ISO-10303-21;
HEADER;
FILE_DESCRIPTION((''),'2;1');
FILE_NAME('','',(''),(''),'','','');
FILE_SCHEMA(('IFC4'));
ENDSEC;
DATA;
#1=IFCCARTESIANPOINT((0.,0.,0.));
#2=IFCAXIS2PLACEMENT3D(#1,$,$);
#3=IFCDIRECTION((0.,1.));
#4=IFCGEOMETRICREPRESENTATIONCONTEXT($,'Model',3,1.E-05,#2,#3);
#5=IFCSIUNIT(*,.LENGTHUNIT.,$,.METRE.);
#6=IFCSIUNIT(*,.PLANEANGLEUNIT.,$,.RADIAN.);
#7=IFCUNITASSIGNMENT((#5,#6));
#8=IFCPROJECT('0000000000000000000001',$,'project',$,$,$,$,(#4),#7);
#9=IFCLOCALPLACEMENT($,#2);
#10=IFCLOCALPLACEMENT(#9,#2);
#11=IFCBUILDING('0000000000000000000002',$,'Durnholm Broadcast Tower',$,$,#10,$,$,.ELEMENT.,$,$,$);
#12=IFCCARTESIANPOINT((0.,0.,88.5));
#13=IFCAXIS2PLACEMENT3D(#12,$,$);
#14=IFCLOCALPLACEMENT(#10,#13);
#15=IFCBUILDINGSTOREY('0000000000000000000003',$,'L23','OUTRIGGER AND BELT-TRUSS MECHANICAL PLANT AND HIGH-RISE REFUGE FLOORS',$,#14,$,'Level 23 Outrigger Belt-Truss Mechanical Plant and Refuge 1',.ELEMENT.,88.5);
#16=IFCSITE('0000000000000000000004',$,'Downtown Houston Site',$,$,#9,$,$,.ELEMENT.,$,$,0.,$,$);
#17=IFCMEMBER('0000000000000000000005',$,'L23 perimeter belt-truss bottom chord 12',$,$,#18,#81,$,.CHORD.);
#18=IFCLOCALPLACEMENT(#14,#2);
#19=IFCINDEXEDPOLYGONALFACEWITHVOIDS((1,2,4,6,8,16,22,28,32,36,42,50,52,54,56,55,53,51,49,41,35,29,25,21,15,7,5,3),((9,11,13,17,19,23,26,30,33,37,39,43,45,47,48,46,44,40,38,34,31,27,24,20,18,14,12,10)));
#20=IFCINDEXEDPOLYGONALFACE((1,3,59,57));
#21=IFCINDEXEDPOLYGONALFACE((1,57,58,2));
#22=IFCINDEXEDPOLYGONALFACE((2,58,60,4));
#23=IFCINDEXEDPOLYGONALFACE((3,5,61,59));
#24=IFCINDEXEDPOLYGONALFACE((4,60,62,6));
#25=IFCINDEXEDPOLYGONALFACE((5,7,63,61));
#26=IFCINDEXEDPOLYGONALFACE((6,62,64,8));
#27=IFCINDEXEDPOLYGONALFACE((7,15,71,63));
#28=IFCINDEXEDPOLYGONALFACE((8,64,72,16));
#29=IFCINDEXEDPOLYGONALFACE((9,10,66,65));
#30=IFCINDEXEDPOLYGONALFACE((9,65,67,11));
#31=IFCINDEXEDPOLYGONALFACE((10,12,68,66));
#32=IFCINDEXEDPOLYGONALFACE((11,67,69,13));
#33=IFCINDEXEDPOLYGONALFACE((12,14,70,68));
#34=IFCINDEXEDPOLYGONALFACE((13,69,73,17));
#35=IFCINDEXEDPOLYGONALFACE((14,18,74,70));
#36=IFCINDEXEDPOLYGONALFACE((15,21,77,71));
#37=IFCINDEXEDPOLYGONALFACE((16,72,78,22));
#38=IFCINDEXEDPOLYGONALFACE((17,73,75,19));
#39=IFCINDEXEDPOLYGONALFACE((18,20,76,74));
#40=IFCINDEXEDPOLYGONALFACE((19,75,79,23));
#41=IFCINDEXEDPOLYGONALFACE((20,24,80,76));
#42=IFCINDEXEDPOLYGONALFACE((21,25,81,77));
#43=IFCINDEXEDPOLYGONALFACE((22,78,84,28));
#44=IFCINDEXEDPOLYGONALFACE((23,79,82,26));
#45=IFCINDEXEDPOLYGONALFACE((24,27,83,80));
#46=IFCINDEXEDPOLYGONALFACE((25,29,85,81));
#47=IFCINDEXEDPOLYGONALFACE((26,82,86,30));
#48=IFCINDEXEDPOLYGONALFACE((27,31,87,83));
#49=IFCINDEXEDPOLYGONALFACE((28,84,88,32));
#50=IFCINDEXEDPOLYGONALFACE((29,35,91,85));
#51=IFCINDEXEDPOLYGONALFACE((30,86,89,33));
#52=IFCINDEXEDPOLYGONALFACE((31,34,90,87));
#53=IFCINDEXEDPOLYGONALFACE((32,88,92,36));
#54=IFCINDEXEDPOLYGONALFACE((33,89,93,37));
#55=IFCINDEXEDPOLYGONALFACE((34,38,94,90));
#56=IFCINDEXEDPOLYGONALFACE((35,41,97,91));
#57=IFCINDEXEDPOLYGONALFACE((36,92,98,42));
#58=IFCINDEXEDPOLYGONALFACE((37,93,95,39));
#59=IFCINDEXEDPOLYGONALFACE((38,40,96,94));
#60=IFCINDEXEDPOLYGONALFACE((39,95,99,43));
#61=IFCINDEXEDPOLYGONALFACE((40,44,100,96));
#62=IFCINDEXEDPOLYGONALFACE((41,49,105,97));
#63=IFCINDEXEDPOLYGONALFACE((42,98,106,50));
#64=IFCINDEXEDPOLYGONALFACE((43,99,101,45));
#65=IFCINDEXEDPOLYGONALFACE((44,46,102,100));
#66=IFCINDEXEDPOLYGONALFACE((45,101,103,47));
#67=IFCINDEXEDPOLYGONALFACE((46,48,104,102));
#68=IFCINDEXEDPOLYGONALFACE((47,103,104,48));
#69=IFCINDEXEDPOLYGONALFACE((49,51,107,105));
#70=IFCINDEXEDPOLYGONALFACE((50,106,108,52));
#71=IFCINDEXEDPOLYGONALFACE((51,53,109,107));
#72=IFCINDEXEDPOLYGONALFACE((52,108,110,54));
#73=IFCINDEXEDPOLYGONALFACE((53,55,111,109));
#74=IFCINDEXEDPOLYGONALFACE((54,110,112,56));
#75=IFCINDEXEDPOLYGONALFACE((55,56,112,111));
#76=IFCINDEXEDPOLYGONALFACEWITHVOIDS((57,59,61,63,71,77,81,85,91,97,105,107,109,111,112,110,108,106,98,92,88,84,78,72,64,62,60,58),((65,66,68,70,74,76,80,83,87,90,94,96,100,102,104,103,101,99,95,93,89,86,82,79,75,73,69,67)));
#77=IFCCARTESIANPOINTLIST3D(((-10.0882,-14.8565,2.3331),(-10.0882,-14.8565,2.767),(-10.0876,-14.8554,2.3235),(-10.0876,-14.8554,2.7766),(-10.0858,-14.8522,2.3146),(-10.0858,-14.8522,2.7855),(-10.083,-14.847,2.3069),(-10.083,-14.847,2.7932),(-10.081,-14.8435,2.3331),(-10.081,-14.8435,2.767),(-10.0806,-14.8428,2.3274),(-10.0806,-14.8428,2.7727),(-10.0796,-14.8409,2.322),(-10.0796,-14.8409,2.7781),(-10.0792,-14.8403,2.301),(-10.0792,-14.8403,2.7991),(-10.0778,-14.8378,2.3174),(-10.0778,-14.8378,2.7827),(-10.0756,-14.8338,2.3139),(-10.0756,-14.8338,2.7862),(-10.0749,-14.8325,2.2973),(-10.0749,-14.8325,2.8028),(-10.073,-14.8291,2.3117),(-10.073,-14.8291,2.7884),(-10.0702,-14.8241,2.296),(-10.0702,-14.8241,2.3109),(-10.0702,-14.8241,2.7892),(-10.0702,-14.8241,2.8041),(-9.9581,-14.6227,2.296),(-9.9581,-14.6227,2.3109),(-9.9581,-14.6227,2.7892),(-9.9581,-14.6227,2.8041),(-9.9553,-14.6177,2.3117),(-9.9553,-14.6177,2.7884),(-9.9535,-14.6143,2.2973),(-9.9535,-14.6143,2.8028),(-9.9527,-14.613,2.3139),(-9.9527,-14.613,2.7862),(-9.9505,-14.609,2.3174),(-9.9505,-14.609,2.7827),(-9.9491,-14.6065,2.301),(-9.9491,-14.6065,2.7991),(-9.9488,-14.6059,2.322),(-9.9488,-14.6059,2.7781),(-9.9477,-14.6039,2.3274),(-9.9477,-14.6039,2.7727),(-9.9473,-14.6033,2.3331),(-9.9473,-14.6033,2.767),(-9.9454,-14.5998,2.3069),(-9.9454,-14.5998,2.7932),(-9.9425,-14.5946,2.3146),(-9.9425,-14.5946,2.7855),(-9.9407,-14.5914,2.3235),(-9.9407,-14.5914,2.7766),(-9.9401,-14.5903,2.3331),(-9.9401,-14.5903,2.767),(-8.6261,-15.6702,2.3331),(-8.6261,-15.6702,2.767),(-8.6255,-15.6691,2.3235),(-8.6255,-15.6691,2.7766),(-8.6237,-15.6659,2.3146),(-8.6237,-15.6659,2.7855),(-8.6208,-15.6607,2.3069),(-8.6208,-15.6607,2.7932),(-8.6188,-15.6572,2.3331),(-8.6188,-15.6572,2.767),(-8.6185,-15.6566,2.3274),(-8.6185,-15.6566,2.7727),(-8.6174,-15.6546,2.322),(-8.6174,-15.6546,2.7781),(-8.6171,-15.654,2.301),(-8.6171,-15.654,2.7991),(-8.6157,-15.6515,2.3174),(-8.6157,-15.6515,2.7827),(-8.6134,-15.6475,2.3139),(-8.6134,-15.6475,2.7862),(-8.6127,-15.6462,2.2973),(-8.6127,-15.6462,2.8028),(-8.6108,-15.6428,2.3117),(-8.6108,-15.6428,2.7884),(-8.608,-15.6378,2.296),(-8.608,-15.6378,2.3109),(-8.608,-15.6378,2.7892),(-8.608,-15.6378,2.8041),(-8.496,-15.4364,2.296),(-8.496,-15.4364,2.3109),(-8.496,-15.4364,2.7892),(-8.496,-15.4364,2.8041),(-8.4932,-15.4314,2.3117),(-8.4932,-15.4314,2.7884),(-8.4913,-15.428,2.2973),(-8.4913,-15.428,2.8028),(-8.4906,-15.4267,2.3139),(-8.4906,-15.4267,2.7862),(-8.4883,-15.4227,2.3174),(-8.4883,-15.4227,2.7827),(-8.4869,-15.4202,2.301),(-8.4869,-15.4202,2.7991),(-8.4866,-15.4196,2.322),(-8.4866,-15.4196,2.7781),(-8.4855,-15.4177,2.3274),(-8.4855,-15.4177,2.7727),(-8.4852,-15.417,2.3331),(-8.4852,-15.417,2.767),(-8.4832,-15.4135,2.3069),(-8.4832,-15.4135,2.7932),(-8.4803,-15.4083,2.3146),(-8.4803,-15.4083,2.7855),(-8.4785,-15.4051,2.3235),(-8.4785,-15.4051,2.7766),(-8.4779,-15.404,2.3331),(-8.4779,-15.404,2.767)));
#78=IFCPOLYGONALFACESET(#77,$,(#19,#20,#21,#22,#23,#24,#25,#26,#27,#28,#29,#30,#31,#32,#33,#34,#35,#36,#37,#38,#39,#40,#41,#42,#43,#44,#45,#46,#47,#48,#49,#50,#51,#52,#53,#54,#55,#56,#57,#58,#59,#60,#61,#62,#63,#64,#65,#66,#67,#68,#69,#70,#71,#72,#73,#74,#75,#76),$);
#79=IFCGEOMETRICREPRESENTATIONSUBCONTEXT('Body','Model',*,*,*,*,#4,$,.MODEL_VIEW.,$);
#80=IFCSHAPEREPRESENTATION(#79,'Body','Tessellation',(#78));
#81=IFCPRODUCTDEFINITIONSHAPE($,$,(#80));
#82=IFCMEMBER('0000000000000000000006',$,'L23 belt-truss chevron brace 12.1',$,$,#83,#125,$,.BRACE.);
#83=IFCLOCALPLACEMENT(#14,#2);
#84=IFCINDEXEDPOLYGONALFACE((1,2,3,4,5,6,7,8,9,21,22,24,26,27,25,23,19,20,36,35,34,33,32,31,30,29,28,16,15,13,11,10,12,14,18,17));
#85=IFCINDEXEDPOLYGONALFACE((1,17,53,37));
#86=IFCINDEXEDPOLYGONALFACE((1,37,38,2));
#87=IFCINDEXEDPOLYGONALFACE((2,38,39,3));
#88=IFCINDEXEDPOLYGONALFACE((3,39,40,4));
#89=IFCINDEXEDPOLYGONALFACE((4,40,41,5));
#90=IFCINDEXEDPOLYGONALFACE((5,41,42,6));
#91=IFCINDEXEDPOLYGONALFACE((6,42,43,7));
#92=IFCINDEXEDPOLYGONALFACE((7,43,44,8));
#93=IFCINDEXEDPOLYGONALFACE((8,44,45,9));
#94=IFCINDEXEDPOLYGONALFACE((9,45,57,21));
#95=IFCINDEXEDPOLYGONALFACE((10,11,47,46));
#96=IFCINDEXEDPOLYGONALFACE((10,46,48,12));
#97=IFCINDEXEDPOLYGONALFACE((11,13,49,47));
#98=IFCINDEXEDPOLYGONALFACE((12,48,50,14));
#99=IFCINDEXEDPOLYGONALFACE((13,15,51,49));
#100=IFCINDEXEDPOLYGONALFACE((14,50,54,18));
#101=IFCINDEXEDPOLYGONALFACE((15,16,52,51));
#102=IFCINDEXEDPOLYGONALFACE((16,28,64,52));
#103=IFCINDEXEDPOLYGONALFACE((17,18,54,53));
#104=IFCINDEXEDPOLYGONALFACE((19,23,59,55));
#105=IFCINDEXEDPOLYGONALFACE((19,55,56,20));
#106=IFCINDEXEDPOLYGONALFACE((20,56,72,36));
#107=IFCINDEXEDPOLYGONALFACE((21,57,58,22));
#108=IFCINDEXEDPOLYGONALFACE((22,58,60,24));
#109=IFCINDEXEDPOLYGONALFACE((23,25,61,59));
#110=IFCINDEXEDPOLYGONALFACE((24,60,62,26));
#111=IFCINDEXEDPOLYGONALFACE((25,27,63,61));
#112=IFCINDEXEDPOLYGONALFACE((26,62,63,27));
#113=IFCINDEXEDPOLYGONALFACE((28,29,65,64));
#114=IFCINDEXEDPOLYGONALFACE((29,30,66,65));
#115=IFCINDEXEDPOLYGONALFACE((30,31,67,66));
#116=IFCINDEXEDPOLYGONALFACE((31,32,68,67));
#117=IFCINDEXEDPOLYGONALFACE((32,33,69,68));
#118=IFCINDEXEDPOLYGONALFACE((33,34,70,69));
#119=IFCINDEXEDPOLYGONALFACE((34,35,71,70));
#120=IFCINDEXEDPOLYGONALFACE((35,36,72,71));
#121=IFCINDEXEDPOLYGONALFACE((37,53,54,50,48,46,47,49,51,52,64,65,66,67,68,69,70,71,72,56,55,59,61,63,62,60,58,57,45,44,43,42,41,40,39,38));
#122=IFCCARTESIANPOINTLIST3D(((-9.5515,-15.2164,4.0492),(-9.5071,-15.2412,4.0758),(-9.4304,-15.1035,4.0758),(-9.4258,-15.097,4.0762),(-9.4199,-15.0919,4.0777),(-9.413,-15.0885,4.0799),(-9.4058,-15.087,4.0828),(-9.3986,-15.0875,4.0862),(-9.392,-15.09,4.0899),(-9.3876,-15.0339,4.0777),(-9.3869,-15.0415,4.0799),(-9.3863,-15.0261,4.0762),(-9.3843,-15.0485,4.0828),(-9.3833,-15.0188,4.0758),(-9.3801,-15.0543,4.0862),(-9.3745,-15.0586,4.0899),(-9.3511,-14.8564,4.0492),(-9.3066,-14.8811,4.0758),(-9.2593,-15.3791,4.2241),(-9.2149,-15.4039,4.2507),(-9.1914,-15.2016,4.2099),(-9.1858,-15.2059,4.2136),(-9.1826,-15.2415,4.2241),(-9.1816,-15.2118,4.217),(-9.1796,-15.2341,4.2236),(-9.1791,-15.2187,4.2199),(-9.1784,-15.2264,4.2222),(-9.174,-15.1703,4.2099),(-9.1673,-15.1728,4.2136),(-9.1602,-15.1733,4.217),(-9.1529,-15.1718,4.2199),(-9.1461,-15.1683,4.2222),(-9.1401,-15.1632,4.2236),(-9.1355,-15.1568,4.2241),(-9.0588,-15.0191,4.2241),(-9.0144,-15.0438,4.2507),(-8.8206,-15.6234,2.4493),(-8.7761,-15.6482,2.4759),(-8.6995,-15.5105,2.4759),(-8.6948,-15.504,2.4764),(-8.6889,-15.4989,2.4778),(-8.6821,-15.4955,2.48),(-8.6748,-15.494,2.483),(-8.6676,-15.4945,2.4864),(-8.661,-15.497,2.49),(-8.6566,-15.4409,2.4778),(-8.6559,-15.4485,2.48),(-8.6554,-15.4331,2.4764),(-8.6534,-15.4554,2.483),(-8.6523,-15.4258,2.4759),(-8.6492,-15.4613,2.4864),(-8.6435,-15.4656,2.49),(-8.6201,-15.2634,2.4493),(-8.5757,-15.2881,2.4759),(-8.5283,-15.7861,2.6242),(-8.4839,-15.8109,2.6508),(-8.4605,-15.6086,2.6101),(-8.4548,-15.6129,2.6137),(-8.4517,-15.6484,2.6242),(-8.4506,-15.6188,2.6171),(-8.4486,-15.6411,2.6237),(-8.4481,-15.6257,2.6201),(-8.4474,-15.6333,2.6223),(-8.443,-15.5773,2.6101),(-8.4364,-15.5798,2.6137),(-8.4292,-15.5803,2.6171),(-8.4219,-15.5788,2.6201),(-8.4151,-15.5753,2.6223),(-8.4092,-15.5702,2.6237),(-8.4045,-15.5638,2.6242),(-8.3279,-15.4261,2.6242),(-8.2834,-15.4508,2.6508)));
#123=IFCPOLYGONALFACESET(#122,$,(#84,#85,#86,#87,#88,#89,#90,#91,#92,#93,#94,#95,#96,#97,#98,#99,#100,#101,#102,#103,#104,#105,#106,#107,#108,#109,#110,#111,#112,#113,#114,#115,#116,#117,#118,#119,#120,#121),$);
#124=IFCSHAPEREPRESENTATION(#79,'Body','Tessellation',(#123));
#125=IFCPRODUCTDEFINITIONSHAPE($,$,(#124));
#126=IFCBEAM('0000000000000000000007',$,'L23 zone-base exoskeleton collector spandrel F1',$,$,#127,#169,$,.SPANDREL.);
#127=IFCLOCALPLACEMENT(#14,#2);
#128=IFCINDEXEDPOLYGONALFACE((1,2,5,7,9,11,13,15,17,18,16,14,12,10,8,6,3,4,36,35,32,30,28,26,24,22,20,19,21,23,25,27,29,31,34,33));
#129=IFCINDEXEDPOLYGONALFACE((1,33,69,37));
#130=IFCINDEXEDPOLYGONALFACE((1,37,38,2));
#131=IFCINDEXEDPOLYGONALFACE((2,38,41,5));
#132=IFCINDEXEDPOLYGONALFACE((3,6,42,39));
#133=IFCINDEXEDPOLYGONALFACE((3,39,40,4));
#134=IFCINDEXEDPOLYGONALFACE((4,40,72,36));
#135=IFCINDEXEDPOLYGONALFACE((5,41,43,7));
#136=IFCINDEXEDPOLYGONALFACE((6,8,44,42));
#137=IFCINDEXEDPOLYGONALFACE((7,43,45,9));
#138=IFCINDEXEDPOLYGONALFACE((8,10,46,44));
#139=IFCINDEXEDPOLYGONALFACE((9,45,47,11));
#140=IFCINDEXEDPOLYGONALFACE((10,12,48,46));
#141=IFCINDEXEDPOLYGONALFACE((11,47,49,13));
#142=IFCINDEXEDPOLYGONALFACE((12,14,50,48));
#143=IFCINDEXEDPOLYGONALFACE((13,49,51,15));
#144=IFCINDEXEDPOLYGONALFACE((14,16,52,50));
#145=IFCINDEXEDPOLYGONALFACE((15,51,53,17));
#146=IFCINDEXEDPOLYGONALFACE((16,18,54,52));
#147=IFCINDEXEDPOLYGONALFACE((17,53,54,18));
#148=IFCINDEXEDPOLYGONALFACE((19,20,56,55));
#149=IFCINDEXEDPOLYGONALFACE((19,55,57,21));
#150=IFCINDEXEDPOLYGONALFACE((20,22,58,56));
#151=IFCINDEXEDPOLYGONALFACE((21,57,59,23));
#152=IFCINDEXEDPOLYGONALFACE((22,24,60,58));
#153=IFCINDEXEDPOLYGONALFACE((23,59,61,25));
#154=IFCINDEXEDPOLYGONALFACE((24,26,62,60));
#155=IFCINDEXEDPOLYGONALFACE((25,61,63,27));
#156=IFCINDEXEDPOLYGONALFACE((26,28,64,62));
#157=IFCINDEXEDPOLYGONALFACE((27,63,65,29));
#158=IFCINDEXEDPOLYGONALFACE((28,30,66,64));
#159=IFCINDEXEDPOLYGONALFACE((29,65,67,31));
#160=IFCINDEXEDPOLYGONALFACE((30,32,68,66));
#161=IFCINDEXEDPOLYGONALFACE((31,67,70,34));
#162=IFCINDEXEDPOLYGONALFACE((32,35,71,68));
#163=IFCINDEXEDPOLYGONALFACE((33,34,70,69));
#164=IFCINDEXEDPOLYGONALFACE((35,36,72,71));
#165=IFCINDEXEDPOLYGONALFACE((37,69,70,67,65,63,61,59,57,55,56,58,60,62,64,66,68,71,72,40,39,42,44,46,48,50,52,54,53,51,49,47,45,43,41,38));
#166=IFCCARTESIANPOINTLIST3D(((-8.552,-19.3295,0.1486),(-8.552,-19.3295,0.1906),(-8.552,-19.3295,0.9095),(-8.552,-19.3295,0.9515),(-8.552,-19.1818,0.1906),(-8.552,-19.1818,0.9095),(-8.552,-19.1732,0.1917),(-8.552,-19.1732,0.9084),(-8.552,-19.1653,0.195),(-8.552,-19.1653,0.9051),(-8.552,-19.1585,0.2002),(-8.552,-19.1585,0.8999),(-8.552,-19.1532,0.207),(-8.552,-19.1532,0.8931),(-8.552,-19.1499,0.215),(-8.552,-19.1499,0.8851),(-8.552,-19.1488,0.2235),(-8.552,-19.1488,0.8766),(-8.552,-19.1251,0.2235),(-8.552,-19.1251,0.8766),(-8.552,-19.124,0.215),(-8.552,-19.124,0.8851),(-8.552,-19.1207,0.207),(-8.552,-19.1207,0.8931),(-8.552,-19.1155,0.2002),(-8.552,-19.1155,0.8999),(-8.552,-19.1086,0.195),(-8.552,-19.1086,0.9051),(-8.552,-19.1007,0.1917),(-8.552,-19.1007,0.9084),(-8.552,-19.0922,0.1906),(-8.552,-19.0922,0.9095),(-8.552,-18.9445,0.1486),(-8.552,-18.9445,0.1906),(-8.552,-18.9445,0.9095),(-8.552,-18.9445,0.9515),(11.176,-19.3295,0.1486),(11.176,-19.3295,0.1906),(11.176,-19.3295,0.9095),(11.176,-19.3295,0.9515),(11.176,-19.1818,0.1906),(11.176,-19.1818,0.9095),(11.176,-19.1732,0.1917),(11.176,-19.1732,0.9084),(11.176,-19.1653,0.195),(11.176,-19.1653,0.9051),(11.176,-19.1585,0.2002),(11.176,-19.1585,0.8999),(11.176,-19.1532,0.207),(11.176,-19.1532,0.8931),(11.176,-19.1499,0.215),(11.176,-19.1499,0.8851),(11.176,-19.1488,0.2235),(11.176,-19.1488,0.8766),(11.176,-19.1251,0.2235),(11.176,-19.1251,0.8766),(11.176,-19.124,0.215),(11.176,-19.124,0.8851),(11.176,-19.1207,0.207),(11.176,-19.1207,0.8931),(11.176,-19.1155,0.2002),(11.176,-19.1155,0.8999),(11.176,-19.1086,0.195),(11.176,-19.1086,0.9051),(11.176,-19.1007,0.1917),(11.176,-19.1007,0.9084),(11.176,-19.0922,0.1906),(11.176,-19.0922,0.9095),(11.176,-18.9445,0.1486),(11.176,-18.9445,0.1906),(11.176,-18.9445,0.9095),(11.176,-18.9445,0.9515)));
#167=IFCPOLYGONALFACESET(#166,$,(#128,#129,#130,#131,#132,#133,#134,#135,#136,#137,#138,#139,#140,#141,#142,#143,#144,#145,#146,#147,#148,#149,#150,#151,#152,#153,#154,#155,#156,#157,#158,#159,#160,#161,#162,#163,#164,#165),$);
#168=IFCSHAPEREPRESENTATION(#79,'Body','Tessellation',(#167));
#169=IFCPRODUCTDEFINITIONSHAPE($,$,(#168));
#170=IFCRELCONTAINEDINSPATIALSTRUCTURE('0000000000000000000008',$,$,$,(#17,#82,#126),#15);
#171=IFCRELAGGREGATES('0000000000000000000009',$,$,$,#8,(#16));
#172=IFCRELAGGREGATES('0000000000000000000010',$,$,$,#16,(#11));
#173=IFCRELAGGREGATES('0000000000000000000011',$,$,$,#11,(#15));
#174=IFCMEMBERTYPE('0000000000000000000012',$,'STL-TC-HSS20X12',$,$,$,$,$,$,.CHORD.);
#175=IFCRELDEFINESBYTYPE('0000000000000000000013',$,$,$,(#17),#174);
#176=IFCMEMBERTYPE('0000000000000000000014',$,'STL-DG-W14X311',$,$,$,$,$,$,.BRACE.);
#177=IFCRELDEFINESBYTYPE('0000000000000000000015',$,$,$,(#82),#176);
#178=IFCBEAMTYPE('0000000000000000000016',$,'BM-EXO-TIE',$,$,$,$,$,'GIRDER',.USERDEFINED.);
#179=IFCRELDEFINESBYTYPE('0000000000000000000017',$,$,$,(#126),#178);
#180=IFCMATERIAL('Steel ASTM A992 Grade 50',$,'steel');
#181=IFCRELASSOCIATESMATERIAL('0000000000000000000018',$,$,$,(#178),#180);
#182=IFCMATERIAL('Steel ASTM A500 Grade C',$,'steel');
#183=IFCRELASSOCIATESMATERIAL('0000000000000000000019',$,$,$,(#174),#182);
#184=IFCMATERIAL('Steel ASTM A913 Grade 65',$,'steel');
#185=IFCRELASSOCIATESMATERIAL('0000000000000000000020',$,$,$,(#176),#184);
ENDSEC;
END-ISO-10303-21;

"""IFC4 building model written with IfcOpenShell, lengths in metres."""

from ifc_helpers import new_model, si_unit, direction, frame, origin, origin_2d, place, context, subcontext, project, spatial, hollow_rectangle, i_section, extrude, source, transform, mapped, material, material_profile, profile_set, type_object, type_shapes, element, save


model = new_model("IFC4")

# Units and contexts
model_context = context("Model", 3, precision=1e-05, world=origin(), true_north=direction((0.0, 1.0)))
body_context = subcontext(model_context, "Body", "Model", "MODEL_VIEW")
ifc_project = project(units=[si_unit("LENGTHUNIT", "METRE"), si_unit("PLANEANGLEUNIT", "RADIAN")], contexts=[model_context])

# Site, building, storey
site_placement = place(None, origin())
site = spatial("IfcSite", under=ifc_project, at=site_placement, Name="Downtown Houston Site", CompositionType="ELEMENT", RefElevation=0.0)
building_placement = place(site_placement, origin())
building = spatial("IfcBuilding", under=site, at=building_placement, Name="Durnholm Broadcast Tower", CompositionType="ELEMENT")
storey_placement = place(building_placement, frame((0.0, 0.0, 88.5)))
storey = spatial("IfcBuildingStorey", under=building, at=storey_placement, Name="L23", Description="OUTRIGGER AND BELT-TRUSS MECHANICAL PLANT AND HIGH-RISE REFUGE FLOORS", LongName="Level 23 Outrigger Belt-Truss Mechanical Plant and Refuge 1", CompositionType="ELEMENT", Elevation=88.5)

# Shared definitions
ifc_material_1 = material(Name="Steel ASTM A992 Grade 50", Category="steel")
ifc_material_profile_1 = material_profile(ifc_material_1, i_section(OverallWidth=0.385, OverallDepth=0.803, WebThickness=0.0237, FlangeThickness=0.042, FilletRadius=0.033, at=origin_2d()), Name="W30X261")
ifc_profile_set_1 = profile_set([ifc_material_profile_1], Name="Steel ASTM A992 Grade 50")
beam_type_1 = type_object("IfcBeamType", Name="BM-EXO-TIE", ElementType="GIRDER", PredefinedType="USERDEFINED", material=ifc_profile_set_1)

# Members
ifc_material_2 = material(Name="Steel ASTM A500 Grade C", Category="steel")
ifc_material_profile_2 = material_profile(ifc_material_2, hollow_rectangle(XDim=0.3047, YDim=0.5081, WallThickness=0.0149, InnerFilletRadius=0.0222, OuterFilletRadius=0.0371, at=origin_2d()), Name="HSS20X12X5/8")
ifc_profile_set_2 = profile_set([ifc_material_profile_2], Name="Steel ASTM A500 Grade C")
member_type_1 = type_object("IfcMemberType", Name="STL-TC-HSS20X12", PredefinedType="CHORD", material=ifc_profile_set_2)
shared_shape_1 = source(origin(), body_context, "Body", "SweptSolid", [
    extrude(hollow_rectangle(XDim=0.3047, YDim=0.5081, WallThickness=0.0149, InnerFilletRadius=0.0222, OuterFilletRadius=0.0371, at=origin_2d()), origin(), (0.0, 0.0, 1.0), 1.6733),
])
type_shapes(member_type_1, [shared_shape_1])
member_1_placement = place(storey_placement, frame((-8.552, -15.5371, 2.55), z_axis=(-0.873799, 0.486287, 0.0), x_axis=(-0.486287, -0.873799, 0.0)))
element("IfcMember", 1, at=member_1_placement, inside=storey, type_object=member_type_1, Name="L23 perimeter belt-truss bottom chord 12", PredefinedType="CHORD", context=body_context, shape_type="MappedRepresentation", body=[
    mapped(shared_shape_1, transform((0.0, 0.0, 0.0), x_axis=(1.0, 0.0, 0.0), y_axis=(0.0, 1.0, 0.0), z_axis=(0.0, 0.0, 1.0), scale=1.0)),
])
ifc_material_3 = material(Name="Steel ASTM A913 Grade 65", Category="steel")
ifc_material_profile_3 = material_profile(ifc_material_3, i_section(OverallWidth=0.4121, OverallDepth=0.4348, WebThickness=0.0359, FlangeThickness=0.0574, FilletRadius=0.0305, at=origin_2d()), Name="W14X311")
ifc_profile_set_3 = profile_set([ifc_material_profile_3], Name="Steel ASTM A913 Grade 65")
member_type_2 = type_object("IfcMemberType", Name="STL-DG-W14X311", PredefinedType="BRACE", material=ifc_profile_set_3)
shared_shape_2 = source(origin(), body_context, "Body", "SweptSolid", [
    extrude(i_section(OverallWidth=0.4121, OverallDepth=0.4348, WebThickness=0.0359, FlangeThickness=0.0574, FilletRadius=0.0305, at=origin_2d()), origin(), (0.0, 0.0, 1.0), 1.8054),
])
type_shapes(member_type_2, [shared_shape_2])
member_2_placement = place(storey_placement, frame((-8.552, -15.5371, 2.55), z_axis=(-0.404873, 0.225425, 0.88615), x_axis=(-0.48646, -0.873703, 0.0)))
element("IfcMember", 2, at=member_2_placement, inside=storey, type_object=member_type_2, Name="L23 belt-truss chevron brace 12.1", PredefinedType="BRACE", context=body_context, shape_type="MappedRepresentation", body=[
    mapped(shared_shape_2, transform((0.0, 0.0, 0.0), x_axis=(1.0, 0.0, 0.0), y_axis=(0.0, 1.0, 0.0), z_axis=(0.0, 0.0, 1.0), scale=1.0)),
])

# Beam
shared_shape_3 = source(origin(), body_context, "Body", "SweptSolid", [
    extrude(i_section(OverallWidth=0.385, OverallDepth=0.803, WebThickness=0.0237, FlangeThickness=0.042, FilletRadius=0.033, at=origin_2d()), origin(), (0.0, 0.0, 1.0), 19.728),
])
for number, where, z_axis, x_axis, name in (
    (3, (-8.552, -19.137, 0.55), (1.0, 0.0, 0.0), (0.0, 1.0, 0.0), "L23 zone-base exoskeleton collector spandrel F1"),
):
    element("IfcBeam", number, at=place(storey_placement, frame(where, z_axis=z_axis, x_axis=x_axis)), inside=storey, type_object=beam_type_1, Name=name, PredefinedType="SPANDREL", context=body_context, shape_type="MappedRepresentation", body=[
        mapped(shared_shape_3, transform((0.0, 0.0, 0.0), x_axis=(1.0, 0.0, 0.0), y_axis=(0.0, 1.0, 0.0), z_axis=(0.0, 0.0, 1.0), scale=1.0)),
    ])

save(model, "model.ifc")
